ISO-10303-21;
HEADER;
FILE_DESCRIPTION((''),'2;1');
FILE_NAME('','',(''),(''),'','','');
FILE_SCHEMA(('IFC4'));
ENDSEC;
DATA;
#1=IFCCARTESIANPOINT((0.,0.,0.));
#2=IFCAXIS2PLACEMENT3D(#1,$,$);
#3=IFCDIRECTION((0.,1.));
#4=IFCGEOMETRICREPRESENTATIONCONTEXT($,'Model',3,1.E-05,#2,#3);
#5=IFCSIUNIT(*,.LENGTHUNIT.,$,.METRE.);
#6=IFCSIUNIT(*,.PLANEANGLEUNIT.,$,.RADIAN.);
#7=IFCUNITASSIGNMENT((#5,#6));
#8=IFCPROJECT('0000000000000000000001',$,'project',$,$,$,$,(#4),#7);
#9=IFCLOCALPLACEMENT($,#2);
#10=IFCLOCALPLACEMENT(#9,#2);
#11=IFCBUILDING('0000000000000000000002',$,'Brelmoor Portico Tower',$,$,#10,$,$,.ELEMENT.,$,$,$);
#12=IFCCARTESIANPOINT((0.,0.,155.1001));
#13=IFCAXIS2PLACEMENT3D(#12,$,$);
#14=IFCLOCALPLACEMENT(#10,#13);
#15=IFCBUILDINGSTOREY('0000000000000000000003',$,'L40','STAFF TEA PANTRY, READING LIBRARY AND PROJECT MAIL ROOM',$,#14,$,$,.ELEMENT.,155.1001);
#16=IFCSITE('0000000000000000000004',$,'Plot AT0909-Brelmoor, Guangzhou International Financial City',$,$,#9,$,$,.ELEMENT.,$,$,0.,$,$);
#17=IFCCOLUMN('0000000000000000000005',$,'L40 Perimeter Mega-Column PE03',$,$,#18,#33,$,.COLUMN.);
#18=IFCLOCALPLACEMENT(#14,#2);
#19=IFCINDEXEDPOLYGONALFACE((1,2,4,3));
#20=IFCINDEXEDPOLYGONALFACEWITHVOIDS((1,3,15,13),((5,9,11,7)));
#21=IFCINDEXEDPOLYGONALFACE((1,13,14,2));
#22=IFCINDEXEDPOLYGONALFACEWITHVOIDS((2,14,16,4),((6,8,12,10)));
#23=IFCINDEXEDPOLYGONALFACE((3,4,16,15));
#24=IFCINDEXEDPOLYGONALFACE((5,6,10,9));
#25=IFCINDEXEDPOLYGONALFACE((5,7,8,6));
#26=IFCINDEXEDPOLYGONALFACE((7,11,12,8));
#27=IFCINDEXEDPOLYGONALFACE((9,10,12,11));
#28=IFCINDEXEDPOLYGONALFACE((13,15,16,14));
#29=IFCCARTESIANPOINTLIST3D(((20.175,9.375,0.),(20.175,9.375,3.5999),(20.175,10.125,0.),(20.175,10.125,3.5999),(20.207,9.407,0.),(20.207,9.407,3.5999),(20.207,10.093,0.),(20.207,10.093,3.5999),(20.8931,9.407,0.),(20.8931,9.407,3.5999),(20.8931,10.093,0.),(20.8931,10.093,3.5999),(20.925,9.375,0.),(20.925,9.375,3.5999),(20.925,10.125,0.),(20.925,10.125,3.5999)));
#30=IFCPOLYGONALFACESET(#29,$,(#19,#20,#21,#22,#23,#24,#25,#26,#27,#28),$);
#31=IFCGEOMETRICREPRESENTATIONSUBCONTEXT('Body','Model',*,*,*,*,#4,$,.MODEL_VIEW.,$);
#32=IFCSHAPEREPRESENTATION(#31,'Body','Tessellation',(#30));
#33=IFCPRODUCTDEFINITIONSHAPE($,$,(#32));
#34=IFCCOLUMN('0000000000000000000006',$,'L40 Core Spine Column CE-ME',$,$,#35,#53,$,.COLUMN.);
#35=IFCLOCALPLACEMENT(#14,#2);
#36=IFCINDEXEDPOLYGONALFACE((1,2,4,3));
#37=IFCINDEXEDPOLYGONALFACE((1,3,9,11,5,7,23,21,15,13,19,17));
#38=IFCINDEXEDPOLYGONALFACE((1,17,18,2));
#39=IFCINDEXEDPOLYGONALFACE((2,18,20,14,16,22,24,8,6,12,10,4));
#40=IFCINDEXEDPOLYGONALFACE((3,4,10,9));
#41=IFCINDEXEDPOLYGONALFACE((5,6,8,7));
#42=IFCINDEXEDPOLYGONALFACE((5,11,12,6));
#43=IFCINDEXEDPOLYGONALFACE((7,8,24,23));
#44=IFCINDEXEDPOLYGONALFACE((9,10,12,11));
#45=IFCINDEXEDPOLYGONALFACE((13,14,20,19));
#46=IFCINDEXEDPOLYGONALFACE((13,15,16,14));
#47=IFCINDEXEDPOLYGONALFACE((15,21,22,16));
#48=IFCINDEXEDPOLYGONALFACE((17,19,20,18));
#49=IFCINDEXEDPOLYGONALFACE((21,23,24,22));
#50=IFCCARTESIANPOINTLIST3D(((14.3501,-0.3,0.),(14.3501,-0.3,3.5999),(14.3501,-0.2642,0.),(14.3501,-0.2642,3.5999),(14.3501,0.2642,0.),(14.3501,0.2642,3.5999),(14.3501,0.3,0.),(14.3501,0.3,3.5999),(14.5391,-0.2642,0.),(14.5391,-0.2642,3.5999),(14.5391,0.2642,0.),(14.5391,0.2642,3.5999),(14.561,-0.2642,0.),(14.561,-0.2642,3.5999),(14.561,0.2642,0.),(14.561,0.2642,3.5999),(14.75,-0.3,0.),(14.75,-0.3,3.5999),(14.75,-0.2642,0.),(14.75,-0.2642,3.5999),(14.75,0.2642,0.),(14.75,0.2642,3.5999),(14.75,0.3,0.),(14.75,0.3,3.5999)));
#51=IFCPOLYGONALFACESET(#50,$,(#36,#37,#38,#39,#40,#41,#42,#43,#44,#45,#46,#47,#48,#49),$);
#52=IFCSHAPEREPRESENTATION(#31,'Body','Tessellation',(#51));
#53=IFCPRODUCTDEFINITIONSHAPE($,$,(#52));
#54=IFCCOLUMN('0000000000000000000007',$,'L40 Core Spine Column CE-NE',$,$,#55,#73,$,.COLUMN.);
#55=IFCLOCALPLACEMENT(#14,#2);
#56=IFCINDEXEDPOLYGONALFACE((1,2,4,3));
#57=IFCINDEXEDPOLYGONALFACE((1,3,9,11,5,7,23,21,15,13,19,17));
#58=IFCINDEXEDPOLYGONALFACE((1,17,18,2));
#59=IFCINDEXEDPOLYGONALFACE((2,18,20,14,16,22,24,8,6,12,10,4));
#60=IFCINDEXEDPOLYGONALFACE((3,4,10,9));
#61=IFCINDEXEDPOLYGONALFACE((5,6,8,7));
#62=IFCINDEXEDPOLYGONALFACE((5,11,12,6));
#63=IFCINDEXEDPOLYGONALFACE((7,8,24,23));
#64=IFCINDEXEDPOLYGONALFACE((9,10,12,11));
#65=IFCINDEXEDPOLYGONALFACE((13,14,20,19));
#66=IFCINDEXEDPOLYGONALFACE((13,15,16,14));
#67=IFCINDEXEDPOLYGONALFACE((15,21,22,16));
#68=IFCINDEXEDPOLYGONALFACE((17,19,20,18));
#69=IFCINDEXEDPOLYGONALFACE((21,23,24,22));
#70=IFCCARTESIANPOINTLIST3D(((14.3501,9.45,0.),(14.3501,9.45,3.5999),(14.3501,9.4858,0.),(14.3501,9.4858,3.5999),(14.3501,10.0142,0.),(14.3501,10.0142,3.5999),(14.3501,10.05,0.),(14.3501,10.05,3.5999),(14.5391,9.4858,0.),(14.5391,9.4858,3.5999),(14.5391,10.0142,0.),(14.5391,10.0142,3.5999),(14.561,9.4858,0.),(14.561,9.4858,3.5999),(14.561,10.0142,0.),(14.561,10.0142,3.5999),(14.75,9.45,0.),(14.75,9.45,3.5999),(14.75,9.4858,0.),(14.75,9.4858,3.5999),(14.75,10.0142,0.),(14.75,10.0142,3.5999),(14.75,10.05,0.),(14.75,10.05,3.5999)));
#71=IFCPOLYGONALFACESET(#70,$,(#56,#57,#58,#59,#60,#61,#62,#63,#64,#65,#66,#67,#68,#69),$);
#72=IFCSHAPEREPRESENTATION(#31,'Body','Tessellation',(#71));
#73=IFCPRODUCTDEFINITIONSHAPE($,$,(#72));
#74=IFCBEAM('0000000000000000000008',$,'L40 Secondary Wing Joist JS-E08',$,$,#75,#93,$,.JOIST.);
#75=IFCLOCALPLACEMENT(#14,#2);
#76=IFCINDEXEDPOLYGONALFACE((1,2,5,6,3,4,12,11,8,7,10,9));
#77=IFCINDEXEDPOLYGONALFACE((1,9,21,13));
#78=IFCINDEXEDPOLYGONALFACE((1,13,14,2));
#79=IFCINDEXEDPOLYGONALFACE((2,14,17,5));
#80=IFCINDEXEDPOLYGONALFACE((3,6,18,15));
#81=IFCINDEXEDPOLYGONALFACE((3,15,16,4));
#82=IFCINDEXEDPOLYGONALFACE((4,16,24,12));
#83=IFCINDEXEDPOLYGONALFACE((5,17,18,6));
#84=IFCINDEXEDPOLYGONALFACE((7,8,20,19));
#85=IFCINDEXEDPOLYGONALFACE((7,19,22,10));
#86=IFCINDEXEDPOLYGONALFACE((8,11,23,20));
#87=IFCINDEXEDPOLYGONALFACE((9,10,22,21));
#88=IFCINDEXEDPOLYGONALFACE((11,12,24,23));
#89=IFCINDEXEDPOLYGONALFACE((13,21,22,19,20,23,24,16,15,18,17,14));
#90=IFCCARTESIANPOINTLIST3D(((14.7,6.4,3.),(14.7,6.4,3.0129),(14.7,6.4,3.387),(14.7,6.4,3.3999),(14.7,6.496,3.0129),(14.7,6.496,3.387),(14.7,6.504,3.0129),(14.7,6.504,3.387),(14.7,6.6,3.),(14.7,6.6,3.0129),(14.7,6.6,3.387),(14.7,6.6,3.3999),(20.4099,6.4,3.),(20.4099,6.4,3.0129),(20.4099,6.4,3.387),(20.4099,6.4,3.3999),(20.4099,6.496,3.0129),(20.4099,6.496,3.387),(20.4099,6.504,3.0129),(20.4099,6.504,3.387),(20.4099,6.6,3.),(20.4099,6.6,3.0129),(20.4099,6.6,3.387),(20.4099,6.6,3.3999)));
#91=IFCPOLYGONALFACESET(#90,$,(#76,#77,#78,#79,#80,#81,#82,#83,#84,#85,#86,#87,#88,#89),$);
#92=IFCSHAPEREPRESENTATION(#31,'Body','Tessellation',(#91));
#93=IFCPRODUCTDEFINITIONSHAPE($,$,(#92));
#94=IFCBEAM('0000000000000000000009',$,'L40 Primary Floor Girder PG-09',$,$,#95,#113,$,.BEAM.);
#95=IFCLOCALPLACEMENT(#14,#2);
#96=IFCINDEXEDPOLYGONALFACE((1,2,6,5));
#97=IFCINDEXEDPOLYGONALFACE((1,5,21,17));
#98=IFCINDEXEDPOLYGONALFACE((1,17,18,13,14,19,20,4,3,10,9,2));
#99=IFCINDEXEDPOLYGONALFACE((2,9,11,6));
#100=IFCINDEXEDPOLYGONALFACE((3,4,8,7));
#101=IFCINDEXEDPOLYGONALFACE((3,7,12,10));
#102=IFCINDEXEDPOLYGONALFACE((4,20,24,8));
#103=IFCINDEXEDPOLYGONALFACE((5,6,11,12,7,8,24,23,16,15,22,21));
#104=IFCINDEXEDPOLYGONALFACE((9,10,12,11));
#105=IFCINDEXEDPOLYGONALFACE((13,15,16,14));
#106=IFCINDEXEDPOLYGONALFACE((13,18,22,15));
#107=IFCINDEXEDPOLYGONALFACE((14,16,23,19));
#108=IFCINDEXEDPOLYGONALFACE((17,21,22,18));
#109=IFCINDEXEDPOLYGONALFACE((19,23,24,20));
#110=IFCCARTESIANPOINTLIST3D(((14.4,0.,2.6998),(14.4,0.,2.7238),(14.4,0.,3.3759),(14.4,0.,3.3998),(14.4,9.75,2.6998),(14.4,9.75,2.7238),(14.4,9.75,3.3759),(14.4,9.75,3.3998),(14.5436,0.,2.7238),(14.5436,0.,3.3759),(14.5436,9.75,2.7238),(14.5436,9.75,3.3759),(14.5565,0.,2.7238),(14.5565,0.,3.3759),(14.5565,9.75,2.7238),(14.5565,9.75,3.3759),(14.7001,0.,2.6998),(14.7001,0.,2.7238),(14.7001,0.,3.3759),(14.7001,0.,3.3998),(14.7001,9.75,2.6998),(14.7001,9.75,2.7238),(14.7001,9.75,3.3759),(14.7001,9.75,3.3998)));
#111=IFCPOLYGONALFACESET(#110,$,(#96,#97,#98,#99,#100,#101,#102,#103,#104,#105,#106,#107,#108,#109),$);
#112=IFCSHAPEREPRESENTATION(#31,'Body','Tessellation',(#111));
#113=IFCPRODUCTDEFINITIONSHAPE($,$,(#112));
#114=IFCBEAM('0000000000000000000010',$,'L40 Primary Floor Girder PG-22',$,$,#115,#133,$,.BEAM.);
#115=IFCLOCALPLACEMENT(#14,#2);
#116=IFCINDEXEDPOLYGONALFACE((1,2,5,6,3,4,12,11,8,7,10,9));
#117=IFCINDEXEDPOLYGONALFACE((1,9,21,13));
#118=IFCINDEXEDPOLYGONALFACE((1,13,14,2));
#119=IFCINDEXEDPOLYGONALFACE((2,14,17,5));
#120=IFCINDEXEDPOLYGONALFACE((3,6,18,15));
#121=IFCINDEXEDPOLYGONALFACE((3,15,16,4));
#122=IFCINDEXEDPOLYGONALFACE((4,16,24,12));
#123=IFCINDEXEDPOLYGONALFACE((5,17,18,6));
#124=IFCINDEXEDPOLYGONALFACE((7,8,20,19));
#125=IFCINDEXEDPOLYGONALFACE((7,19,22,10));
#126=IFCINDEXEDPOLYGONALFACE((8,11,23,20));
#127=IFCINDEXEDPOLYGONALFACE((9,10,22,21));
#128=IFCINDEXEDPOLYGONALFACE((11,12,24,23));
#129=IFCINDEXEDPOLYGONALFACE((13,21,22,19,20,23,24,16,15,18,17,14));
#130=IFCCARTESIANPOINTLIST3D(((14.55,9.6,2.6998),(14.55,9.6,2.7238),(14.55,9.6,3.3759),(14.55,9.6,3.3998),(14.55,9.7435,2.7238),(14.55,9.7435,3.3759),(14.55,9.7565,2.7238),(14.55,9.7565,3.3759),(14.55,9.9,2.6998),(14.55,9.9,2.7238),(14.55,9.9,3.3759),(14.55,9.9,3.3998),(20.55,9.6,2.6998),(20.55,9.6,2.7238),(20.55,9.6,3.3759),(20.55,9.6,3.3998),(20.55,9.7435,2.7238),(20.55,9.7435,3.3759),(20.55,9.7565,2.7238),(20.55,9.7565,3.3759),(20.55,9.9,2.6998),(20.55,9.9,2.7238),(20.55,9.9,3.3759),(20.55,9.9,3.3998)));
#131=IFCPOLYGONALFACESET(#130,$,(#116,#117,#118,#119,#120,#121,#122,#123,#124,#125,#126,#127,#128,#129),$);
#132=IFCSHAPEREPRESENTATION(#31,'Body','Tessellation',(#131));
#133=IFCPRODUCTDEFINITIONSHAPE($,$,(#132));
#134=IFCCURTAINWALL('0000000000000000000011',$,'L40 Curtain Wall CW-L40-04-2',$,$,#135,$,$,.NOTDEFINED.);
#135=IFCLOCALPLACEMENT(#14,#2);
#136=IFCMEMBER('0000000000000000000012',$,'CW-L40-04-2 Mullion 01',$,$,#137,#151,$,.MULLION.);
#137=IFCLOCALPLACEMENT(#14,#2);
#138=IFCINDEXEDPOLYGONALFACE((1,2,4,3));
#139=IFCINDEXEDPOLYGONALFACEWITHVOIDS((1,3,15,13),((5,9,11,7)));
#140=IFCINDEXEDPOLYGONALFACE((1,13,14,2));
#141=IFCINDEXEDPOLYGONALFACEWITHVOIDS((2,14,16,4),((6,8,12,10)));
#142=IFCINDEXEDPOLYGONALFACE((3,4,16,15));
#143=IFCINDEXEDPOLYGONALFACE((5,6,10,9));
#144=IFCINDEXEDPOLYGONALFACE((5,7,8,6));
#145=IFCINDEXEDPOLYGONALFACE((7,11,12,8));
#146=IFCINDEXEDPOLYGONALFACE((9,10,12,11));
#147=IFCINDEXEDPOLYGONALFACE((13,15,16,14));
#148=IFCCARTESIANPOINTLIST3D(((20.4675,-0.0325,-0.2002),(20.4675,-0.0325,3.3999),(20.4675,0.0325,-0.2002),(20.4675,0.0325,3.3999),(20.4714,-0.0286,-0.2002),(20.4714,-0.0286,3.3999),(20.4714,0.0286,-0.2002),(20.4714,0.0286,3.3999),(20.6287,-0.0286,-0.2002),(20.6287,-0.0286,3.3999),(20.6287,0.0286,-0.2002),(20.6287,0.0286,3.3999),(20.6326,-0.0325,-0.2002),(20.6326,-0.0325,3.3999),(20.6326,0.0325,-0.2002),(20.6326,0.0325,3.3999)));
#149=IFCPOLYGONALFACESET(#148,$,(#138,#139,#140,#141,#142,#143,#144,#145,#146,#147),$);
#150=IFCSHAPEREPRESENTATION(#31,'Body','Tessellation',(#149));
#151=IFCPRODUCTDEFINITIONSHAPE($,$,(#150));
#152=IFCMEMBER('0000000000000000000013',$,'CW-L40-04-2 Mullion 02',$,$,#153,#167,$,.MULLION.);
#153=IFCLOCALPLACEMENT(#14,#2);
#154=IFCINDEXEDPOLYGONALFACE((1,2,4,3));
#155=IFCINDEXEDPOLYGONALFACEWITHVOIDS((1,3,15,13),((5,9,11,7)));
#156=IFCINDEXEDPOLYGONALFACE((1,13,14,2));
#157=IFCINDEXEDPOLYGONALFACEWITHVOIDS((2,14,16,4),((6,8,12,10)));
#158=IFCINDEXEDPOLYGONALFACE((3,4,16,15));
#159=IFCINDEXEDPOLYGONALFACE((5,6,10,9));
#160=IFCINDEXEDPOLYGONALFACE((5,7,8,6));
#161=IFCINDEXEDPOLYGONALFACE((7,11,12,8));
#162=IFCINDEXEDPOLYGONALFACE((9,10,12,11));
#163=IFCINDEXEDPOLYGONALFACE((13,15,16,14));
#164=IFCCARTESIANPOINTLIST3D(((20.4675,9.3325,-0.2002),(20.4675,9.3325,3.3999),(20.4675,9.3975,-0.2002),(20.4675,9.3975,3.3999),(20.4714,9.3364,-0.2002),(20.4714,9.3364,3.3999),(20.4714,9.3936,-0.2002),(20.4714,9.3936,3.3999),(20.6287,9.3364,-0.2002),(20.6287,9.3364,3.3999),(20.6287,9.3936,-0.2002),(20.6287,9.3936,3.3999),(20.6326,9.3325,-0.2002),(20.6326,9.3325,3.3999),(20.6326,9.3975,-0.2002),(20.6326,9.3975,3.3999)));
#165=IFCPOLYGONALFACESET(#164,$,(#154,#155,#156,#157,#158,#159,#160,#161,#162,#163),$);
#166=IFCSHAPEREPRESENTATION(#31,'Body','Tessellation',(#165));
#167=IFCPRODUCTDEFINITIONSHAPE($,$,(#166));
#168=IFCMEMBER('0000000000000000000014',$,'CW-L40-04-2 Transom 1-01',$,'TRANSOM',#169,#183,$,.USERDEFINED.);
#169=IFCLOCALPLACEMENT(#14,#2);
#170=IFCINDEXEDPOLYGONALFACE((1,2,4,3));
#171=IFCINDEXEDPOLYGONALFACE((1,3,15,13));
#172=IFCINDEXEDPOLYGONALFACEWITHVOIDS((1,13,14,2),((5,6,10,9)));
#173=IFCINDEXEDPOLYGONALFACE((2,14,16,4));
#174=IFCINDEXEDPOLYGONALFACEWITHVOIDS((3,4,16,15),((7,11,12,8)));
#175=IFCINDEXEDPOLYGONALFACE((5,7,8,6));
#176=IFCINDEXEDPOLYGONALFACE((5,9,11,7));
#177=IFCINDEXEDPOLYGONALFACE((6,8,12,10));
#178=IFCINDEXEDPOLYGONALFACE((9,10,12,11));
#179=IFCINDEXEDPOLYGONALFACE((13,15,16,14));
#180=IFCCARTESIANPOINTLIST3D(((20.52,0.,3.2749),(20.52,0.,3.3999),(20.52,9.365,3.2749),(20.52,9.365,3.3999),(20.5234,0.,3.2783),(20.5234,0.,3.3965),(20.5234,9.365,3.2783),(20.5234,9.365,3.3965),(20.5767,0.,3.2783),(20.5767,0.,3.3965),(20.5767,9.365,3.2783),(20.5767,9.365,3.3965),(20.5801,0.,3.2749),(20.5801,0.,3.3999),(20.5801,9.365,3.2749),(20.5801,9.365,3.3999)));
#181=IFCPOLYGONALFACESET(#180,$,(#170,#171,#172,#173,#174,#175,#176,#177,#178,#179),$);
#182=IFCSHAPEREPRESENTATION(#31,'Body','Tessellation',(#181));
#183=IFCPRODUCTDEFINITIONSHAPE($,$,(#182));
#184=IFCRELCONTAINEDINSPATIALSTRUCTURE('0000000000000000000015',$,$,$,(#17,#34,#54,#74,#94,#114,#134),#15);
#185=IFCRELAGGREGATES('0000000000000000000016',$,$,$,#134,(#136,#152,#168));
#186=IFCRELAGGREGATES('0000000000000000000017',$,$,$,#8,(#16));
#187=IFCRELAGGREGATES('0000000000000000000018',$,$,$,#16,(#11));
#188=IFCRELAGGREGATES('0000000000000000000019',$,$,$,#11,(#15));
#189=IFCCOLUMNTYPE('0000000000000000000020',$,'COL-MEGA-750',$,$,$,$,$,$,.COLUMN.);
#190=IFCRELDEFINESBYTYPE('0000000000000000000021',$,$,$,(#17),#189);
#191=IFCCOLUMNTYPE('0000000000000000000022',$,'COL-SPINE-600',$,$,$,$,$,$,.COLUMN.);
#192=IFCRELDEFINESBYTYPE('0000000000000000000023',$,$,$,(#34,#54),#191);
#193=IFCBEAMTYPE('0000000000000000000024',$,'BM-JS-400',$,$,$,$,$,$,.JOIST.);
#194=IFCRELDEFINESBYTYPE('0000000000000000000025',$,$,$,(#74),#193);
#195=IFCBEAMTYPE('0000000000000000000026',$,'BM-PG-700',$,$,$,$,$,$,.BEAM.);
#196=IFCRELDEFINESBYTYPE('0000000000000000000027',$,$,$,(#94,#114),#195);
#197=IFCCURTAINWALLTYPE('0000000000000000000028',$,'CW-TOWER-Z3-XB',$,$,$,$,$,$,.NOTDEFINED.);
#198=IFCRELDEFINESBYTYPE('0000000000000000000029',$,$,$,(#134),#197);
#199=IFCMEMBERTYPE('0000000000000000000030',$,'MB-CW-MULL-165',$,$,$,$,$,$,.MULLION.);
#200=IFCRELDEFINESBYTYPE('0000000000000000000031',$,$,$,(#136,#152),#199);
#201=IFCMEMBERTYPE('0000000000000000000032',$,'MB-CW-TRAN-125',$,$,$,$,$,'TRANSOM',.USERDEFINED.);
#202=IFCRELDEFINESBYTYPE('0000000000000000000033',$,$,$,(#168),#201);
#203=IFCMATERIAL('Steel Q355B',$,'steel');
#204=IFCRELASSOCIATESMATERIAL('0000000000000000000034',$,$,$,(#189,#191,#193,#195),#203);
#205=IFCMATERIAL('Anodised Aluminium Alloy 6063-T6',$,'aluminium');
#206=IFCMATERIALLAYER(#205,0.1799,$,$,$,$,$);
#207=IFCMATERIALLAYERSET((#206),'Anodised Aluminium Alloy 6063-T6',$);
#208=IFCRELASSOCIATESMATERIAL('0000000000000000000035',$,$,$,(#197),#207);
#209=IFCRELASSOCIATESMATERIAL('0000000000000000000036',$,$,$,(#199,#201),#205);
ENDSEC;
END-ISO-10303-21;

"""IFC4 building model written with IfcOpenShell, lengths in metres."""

from ifc_helpers import new_model, si_unit, direction, frame, origin, origin_2d, place, context, subcontext, project, spatial, hollow_rectangle, i_section, extrude, material, layer, layer_set, material_profile, profile_set, type_object, element, aggregate, save


model = new_model("IFC4")

# Units and contexts
model_context = context("Model", 3, precision=1e-05, world=origin(), true_north=direction((0.0, 1.0)))
body_context = subcontext(model_context, "Body", "Model", "MODEL_VIEW")
ifc_project = project(units=[si_unit("LENGTHUNIT", "METRE"), si_unit("PLANEANGLEUNIT", "RADIAN")], contexts=[model_context])

# Site, building, storey
site_placement = place(None, origin())
site = spatial("IfcSite", under=ifc_project, at=site_placement, Name="Plot AT0909-Brelmoor, Guangzhou International Financial City", CompositionType="ELEMENT", RefElevation=0.0)
building_placement = place(site_placement, origin())
building = spatial("IfcBuilding", under=site, at=building_placement, Name="Brelmoor Portico Tower", CompositionType="ELEMENT")
storey_placement = place(building_placement, frame((0.0, 0.0, 155.1001)))
storey = spatial("IfcBuildingStorey", under=building, at=storey_placement, Name="L40", Description="STAFF TEA PANTRY, READING LIBRARY AND PROJECT MAIL ROOM", CompositionType="ELEMENT", Elevation=155.1001)

# Columns
ifc_material_1 = material(Name="Steel Q355B", Category="steel")
ifc_material_profile_1 = material_profile(ifc_material_1, hollow_rectangle(XDim=0.75, YDim=0.75, WallThickness=0.032, at=origin_2d()), Name="BOX 750x750x32")
ifc_profile_set_1 = profile_set([ifc_material_profile_1], Name="Steel Q355B")
column_type_1 = type_object("IfcColumnType", Name="COL-MEGA-750", PredefinedType="COLUMN", material=ifc_profile_set_1)
column_placement = place(storey_placement, frame((20.55, 9.75, 0.0), z_axis=(0.0, 0.0, 1.0), x_axis=(0.0, 1.0, 0.0)))
element("IfcColumn", 1, at=column_placement, inside=storey, type_object=column_type_1, Name="L40 Perimeter Mega-Column PE03", PredefinedType="COLUMN", context=body_context, shape_type="SweptSolid", body=[
    extrude(hollow_rectangle(XDim=0.75, YDim=0.75, WallThickness=0.032, at=origin_2d()), origin(), (0.0, 0.0, 1.0), 3.5999),
])
ifc_material_profile_2 = material_profile(ifc_material_1, i_section(OverallWidth=0.3999, OverallDepth=0.6001, WebThickness=0.022, FlangeThickness=0.0359, at=origin_2d()), Name="HW 600x400x22x36")
ifc_profile_set_2 = profile_set([ifc_material_profile_2], Name="Steel Q355B")
column_type_2 = type_object("IfcColumnType", Name="COL-SPINE-600", PredefinedType="COLUMN", material=ifc_profile_set_2)
for number, where, z_axis, x_axis, name in (
    (2, (14.55, 0.0, 0.0), (0.0, 0.0, 1.0), (1.0, 0.0, 0.0), "L40 Core Spine Column CE-ME"),
    (3, (14.55, 9.75, 0.0), (0.0, 0.0, 1.0), (1.0, 0.0, 0.0), "L40 Core Spine Column CE-NE"),
):
    element("IfcColumn", number, at=place(storey_placement, frame(where, z_axis=z_axis, x_axis=x_axis)), inside=storey, type_object=column_type_2, Name=name, PredefinedType="COLUMN", context=body_context, shape_type="SweptSolid", body=[
        extrude(i_section(OverallWidth=0.3999, OverallDepth=0.6001, WebThickness=0.022, FlangeThickness=0.0359, at=origin_2d()), origin(), (0.0, 0.0, 1.0), 3.5999),
    ])

# Beams
ifc_material_profile_3 = material_profile(ifc_material_1, i_section(OverallWidth=0.2, OverallDepth=0.3999, WebThickness=0.0081, FlangeThickness=0.0129, at=origin_2d()), Name="HN 400x200x8x13")
ifc_profile_set_3 = profile_set([ifc_material_profile_3], Name="Steel Q355B")
beam_type_1 = type_object("IfcBeamType", Name="BM-JS-400", PredefinedType="JOIST", material=ifc_profile_set_3)
beam_1_placement = place(storey_placement, frame((14.7, 6.5, 3.2), z_axis=(1.0, 0.0, 0.0), x_axis=(0.0, 1.0, 0.0)))
element("IfcBeam", 4, at=beam_1_placement, inside=storey, type_object=beam_type_1, Name="L40 Secondary Wing Joist JS-E08", PredefinedType="JOIST", context=body_context, shape_type="SweptSolid", body=[
    extrude(i_section(OverallWidth=0.2, OverallDepth=0.3999, WebThickness=0.0081, FlangeThickness=0.0129, at=origin_2d()), origin(), (0.0, 0.0, 1.0), 5.71),
])
ifc_material_profile_4 = material_profile(ifc_material_1, i_section(OverallWidth=0.3, OverallDepth=0.7, WebThickness=0.0129, FlangeThickness=0.0239, at=origin_2d()), Name="HN 700x300x13x24")
ifc_profile_set_4 = profile_set([ifc_material_profile_4], Name="Steel Q355B")
beam_type_2 = type_object("IfcBeamType", Name="BM-PG-700", PredefinedType="BEAM", material=ifc_profile_set_4)
beam_2_placement = place(storey_placement, frame((14.55, 0.0, 3.0498), z_axis=(0.0, 1.0, 0.0), x_axis=(-1.0, 0.0, 0.0)))
element("IfcBeam", 5, at=beam_2_placement, inside=storey, type_object=beam_type_2, Name="L40 Primary Floor Girder PG-09", PredefinedType="BEAM", context=body_context, shape_type="SweptSolid", body=[
    extrude(i_section(OverallWidth=0.3, OverallDepth=0.7, WebThickness=0.0129, FlangeThickness=0.0239, at=origin_2d()), origin(), (0.0, 0.0, 1.0), 9.75),
])
beam_3_placement = place(storey_placement, frame((14.55, 9.75, 3.0498), z_axis=(1.0, 0.0, 0.0), x_axis=(0.0, 1.0, 0.0)))
element("IfcBeam", 6, at=beam_3_placement, inside=storey, type_object=beam_type_2, Name="L40 Primary Floor Girder PG-22", PredefinedType="BEAM", context=body_context, shape_type="SweptSolid", body=[
    extrude(i_section(OverallWidth=0.3, OverallDepth=0.7, WebThickness=0.0129, FlangeThickness=0.0239, at=origin_2d()), origin(), (0.0, 0.0, 1.0), 6.0),
])

# Curtain wall, members
ifc_material_2 = material(Name="Anodised Aluminium Alloy 6063-T6", Category="aluminium")
ifc_layer_1 = layer(ifc_material_2, 0.1799)
ifc_layer_set_1 = layer_set([ifc_layer_1], Name="Anodised Aluminium Alloy 6063-T6")
curtain_wall_type = type_object("IfcCurtainWallType", Name="CW-TOWER-Z3-XB", PredefinedType="NOTDEFINED", material=ifc_layer_set_1)
curtain_wall_placement = place(storey_placement, origin())
curtain_wall = element("IfcCurtainWall", 7, at=curtain_wall_placement, inside=storey, type_object=curtain_wall_type, Name="L40 Curtain Wall CW-L40-04-2", PredefinedType="NOTDEFINED")
ifc_material_profile_5 = material_profile(ifc_material_2, hollow_rectangle(XDim=0.0649, YDim=0.165, WallThickness=0.0039, at=origin_2d()), Name="ALU MULLION 65x165")
ifc_profile_set_5 = profile_set([ifc_material_profile_5], Name="Anodised Aluminium Alloy 6063-T6")
member_type_1 = type_object("IfcMemberType", Name="MB-CW-MULL-165", PredefinedType="MULLION", material=ifc_profile_set_5)
member_1_placement = place(storey_placement, frame((20.55, 0.0, -0.2002), z_axis=(0.0, 0.0, 1.0), x_axis=(0.0, 1.0, 0.0)))
member_1 = element("IfcMember", 8, at=member_1_placement, type_object=member_type_1, Name="CW-L40-04-2 Mullion 01", PredefinedType="MULLION", context=body_context, shape_type="SweptSolid", body=[
    extrude(hollow_rectangle(XDim=0.0649, YDim=0.165, WallThickness=0.0039, at=origin_2d()), origin(), (0.0, 0.0, 1.0), 3.6001),
])
member_2_placement = place(storey_placement, frame((20.55, 9.365, -0.2002), z_axis=(0.0, 0.0, 1.0), x_axis=(0.0, 1.0, 0.0)))
member_2 = element("IfcMember", 9, at=member_2_placement, type_object=member_type_1, Name="CW-L40-04-2 Mullion 02", PredefinedType="MULLION", context=body_context, shape_type="SweptSolid", body=[
    extrude(hollow_rectangle(XDim=0.0649, YDim=0.165, WallThickness=0.0039, at=origin_2d()), origin(), (0.0, 0.0, 1.0), 3.6001),
])
ifc_material_profile_6 = material_profile(ifc_material_2, hollow_rectangle(XDim=0.0601, YDim=0.125, WallThickness=0.0034, at=origin_2d()), Name="ALU TRANSOM 60x125")
ifc_profile_set_6 = profile_set([ifc_material_profile_6], Name="Anodised Aluminium Alloy 6063-T6")
member_type_2 = type_object("IfcMemberType", Name="MB-CW-TRAN-125", ElementType="TRANSOM", PredefinedType="USERDEFINED", material=ifc_profile_set_6)
member_3_placement = place(storey_placement, frame((20.55, 0.0, 3.3374), z_axis=(0.0, 1.0, 0.0), x_axis=(-1.0, 0.0, 0.0)))
member_3 = element("IfcMember", 10, at=member_3_placement, type_object=member_type_2, Name="CW-L40-04-2 Transom 1-01", ObjectType="TRANSOM", PredefinedType="USERDEFINED", context=body_context, shape_type="SweptSolid", body=[
    extrude(hollow_rectangle(XDim=0.0601, YDim=0.125, WallThickness=0.0034, at=origin_2d()), origin(), (0.0, 0.0, 1.0), 9.365),
])
aggregate(curtain_wall, [member_1, member_2, member_3])

save(model, "model.ifc")
